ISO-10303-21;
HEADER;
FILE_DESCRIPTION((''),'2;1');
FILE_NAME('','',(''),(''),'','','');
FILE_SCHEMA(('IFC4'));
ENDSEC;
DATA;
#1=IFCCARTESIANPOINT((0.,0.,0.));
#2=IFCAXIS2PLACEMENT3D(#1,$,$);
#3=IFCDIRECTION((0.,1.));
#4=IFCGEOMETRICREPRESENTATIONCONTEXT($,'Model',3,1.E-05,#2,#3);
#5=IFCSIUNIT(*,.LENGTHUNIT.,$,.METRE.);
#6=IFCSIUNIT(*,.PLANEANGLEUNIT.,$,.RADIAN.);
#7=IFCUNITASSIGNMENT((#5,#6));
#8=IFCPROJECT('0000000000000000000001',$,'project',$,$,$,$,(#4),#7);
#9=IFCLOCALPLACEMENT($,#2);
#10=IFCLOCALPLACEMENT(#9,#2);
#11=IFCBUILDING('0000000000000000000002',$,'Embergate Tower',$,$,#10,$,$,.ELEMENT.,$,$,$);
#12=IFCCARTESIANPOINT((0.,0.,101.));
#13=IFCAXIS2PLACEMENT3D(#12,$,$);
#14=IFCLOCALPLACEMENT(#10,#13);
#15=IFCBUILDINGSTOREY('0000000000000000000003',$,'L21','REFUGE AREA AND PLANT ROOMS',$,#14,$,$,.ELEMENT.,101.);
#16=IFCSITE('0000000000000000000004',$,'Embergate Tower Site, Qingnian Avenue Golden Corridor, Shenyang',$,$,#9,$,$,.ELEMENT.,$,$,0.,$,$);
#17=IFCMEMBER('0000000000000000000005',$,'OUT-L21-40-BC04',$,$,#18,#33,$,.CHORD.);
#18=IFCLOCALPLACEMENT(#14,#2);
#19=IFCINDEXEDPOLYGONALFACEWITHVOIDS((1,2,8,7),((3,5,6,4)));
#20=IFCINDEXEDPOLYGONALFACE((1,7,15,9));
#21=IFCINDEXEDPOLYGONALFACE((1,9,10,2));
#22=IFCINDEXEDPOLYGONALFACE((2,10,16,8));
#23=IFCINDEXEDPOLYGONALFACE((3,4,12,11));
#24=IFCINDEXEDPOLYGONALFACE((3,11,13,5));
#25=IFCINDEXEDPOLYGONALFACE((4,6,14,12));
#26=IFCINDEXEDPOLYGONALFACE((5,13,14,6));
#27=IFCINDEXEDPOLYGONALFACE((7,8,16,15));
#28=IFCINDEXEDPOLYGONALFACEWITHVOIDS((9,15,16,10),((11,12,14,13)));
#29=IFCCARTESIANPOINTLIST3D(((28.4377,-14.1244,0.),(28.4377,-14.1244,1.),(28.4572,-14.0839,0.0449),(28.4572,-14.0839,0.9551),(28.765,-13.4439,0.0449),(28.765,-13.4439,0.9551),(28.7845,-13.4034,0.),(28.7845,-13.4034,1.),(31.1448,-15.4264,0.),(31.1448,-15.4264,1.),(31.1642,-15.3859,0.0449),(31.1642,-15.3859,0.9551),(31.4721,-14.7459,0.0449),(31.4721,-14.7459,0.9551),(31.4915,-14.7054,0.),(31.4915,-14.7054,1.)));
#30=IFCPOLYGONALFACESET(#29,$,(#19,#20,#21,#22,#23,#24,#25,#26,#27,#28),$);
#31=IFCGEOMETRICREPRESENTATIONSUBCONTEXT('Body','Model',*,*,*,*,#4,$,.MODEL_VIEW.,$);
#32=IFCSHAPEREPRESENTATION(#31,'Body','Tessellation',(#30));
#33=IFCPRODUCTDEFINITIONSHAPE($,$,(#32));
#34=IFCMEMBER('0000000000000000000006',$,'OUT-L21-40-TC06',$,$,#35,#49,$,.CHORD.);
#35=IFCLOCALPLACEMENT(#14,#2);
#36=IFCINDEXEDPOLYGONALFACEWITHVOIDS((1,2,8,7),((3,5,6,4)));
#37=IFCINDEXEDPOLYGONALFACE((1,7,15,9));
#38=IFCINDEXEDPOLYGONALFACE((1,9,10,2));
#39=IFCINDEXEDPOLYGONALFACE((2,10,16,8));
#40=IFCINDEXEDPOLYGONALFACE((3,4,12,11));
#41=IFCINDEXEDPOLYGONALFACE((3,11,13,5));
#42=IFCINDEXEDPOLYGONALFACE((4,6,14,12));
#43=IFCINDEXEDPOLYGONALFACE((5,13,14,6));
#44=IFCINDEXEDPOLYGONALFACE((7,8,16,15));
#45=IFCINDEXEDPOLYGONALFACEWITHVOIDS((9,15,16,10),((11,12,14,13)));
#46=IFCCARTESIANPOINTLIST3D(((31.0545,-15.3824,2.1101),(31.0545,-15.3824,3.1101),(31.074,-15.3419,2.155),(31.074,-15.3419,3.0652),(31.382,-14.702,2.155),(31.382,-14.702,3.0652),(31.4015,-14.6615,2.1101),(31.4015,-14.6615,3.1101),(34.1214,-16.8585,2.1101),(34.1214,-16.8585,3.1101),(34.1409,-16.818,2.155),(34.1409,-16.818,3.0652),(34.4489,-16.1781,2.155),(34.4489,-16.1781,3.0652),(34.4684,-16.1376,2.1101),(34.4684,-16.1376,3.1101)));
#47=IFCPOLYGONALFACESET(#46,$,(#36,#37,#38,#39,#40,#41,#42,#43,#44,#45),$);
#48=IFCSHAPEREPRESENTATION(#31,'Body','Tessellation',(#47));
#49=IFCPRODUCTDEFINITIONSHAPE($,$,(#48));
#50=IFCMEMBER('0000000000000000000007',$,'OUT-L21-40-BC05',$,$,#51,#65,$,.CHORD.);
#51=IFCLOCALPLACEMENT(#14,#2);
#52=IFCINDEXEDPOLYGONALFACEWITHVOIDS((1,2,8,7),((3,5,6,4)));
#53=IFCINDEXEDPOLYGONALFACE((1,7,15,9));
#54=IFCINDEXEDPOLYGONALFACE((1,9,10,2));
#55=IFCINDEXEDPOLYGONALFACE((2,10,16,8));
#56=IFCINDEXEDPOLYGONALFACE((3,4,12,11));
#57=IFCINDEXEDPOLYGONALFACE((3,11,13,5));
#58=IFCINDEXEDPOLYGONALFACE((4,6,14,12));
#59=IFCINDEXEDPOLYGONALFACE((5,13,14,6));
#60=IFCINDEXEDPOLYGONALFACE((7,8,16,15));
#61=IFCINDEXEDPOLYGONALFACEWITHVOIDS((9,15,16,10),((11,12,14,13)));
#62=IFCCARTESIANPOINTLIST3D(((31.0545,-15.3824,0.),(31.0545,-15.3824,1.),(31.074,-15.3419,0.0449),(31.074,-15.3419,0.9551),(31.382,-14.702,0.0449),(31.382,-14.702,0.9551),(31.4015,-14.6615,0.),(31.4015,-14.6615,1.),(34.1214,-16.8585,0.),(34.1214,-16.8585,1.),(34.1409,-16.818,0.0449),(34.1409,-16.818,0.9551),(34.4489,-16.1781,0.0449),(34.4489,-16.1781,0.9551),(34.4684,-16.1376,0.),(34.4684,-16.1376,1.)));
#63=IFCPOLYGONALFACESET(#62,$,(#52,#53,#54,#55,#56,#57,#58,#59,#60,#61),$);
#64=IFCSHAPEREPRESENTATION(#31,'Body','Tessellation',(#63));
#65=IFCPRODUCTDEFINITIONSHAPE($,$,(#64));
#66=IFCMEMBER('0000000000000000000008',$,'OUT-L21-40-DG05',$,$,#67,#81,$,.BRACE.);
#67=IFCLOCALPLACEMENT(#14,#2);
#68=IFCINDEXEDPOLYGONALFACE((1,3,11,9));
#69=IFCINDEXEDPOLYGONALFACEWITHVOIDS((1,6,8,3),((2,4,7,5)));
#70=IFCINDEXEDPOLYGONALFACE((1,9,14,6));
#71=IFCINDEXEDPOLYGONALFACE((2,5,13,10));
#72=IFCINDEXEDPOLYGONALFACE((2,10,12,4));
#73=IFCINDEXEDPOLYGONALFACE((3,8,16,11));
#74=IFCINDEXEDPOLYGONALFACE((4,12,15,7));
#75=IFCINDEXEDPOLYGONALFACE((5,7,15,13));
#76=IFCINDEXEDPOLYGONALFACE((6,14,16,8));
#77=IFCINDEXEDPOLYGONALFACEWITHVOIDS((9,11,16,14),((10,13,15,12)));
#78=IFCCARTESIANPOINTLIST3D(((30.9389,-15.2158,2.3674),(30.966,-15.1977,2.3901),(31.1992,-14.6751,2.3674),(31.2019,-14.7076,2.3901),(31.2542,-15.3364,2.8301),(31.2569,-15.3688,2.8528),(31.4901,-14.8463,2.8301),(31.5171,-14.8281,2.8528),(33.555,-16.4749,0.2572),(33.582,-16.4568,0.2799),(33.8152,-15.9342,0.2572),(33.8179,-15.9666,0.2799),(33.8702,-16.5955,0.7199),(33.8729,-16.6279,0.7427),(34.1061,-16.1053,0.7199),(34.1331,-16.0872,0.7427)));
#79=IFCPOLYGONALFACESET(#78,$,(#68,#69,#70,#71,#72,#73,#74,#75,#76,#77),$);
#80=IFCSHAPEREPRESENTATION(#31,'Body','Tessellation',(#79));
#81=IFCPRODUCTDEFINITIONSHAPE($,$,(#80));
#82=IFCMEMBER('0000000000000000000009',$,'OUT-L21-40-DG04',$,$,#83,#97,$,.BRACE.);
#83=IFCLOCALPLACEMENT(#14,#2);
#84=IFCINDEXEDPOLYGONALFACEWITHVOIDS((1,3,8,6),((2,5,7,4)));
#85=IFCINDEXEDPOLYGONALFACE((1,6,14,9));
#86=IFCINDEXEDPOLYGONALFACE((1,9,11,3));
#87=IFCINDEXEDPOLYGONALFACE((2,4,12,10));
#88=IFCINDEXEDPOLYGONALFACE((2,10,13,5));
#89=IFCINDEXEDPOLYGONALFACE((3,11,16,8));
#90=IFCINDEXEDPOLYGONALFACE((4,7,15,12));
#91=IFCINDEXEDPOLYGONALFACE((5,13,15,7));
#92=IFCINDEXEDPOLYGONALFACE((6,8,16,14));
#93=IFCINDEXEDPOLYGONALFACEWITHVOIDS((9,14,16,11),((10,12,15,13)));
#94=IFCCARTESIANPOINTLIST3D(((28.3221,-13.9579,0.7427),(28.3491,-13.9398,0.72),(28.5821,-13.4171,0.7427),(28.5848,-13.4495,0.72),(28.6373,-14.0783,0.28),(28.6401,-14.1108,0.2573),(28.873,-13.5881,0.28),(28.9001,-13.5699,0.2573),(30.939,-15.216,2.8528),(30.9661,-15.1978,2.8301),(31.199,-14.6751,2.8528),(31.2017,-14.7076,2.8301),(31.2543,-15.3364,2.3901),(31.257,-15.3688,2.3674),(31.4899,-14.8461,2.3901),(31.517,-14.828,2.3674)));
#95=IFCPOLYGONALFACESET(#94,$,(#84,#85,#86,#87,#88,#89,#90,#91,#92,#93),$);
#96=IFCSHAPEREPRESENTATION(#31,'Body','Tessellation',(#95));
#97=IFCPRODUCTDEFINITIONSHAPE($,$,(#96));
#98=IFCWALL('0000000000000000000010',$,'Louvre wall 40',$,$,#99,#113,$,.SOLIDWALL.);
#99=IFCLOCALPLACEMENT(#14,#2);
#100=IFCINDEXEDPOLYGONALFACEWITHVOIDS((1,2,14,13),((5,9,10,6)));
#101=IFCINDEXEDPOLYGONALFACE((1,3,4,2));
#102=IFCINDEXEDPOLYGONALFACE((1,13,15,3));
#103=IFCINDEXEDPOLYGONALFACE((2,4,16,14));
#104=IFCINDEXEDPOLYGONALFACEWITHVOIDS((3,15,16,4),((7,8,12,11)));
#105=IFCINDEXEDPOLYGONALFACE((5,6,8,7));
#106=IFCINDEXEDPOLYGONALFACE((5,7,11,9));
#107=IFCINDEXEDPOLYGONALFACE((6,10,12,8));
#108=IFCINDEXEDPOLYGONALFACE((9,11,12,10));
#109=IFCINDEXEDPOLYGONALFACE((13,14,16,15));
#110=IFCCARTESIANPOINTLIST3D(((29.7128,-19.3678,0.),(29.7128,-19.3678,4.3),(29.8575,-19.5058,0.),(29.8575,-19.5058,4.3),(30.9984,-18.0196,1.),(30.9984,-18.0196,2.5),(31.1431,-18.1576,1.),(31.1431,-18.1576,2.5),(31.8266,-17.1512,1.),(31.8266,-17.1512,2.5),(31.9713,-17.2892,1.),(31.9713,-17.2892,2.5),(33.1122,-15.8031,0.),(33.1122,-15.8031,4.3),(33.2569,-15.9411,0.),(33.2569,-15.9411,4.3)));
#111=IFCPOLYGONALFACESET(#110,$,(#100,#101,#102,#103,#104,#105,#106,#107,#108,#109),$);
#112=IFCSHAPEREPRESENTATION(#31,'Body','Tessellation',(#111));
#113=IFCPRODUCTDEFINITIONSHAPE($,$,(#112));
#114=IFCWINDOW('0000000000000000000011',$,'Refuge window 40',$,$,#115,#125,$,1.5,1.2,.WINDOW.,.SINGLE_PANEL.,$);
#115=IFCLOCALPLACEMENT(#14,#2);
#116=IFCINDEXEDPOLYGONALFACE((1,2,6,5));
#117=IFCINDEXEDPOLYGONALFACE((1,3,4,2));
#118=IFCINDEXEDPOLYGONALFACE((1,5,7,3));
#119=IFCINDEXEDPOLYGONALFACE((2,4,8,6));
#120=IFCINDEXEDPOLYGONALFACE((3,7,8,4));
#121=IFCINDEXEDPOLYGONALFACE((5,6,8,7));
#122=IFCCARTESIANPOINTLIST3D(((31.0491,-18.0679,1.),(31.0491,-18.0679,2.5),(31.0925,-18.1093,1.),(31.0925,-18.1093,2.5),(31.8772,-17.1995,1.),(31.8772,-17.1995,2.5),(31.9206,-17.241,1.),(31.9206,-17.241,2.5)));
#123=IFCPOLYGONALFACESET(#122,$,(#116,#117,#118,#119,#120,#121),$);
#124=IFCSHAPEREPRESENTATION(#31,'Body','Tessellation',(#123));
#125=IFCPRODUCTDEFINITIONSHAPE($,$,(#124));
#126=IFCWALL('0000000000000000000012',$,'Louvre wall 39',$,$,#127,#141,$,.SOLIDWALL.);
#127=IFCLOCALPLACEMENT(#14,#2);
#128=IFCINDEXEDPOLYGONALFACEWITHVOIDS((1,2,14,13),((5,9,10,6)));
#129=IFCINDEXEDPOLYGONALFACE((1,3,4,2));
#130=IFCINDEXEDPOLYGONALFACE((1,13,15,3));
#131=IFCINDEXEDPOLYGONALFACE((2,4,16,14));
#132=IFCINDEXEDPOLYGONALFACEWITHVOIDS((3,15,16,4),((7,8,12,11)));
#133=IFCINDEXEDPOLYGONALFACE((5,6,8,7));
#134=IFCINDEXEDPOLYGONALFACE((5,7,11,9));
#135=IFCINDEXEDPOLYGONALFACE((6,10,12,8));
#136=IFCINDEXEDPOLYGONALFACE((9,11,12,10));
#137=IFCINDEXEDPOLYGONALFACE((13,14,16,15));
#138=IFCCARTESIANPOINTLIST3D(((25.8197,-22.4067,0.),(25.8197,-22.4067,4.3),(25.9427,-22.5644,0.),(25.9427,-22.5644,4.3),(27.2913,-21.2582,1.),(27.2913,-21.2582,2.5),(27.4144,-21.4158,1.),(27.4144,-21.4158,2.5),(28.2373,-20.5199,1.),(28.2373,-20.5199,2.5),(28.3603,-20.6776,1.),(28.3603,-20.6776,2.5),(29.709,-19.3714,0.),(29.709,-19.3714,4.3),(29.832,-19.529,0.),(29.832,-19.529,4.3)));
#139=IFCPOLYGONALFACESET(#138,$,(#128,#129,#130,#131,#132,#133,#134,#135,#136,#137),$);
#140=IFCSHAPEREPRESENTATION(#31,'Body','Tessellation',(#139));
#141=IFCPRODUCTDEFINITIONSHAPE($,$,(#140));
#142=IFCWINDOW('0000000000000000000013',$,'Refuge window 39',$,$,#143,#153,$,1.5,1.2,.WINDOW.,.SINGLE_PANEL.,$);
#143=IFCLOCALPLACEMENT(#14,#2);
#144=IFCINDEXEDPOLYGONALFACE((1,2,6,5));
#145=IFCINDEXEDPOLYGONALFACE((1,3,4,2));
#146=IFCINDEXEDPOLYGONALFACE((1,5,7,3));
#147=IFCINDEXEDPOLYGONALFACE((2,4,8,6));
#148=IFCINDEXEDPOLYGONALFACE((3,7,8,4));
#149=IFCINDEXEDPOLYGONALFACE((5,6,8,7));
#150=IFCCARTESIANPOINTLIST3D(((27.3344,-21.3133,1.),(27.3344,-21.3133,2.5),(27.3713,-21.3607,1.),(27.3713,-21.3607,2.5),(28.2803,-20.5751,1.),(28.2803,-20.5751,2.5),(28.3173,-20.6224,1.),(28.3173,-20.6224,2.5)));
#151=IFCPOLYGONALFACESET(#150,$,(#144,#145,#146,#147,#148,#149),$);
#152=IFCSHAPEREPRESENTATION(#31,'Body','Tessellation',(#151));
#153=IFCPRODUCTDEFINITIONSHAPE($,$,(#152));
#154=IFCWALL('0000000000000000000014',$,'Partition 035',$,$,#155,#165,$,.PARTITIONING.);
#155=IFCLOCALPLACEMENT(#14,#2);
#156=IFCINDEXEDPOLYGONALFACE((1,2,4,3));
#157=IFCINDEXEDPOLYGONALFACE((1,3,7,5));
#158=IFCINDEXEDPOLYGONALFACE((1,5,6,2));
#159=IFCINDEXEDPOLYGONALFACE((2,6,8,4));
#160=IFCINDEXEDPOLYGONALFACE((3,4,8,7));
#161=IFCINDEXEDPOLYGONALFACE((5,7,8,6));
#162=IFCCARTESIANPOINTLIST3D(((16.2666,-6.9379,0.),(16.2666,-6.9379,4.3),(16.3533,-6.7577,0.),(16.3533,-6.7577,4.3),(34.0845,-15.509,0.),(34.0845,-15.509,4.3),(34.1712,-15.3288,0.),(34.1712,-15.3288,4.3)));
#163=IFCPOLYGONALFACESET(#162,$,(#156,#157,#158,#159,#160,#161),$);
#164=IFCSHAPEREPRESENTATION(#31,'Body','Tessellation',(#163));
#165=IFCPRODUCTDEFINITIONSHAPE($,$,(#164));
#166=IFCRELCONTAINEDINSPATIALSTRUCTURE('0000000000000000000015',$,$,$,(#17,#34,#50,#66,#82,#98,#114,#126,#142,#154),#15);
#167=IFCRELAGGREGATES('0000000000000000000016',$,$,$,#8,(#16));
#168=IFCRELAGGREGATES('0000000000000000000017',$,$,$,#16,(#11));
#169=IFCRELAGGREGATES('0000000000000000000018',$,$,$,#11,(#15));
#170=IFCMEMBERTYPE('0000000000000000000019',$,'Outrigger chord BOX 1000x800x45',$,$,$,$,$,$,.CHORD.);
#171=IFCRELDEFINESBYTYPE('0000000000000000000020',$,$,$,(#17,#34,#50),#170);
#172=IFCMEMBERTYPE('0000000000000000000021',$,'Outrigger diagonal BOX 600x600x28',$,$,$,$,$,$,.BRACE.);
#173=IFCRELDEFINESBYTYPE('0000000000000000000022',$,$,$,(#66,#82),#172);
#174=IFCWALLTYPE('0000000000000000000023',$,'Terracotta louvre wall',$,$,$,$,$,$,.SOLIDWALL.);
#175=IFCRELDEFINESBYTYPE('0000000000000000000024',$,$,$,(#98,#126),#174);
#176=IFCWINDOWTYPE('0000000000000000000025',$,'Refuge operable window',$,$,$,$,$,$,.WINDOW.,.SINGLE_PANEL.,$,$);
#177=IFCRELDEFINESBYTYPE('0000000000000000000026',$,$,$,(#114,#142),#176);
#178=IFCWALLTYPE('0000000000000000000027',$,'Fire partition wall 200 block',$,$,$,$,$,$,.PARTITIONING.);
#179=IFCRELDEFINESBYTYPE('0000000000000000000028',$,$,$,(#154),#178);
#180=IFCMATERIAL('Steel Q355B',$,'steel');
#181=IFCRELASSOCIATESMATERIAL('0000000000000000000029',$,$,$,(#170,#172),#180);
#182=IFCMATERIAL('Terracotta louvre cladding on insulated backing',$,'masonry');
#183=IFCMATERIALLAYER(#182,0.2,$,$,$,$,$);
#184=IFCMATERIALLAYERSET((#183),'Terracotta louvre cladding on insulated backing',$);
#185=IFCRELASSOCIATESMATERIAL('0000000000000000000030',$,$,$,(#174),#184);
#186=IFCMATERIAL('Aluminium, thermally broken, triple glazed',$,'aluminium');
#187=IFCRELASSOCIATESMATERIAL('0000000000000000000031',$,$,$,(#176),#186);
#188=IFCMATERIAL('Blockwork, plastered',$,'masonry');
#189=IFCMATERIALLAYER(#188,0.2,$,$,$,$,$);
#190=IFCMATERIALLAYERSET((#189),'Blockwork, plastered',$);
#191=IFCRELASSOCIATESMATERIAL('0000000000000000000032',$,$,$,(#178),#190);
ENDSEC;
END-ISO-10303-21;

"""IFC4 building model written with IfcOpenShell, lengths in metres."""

from ifc_helpers import new_model, si_unit, direction, frame, frame_2d, origin, origin_2d, place, context, subcontext, project, spatial, rectangle, hollow_rectangle, extrude, source, transform, mapped, material, layer, layer_set, material_profile, profile_set, type_object, element, fill, save


model = new_model("IFC4")

# Units and contexts
model_context = context("Model", 3, precision=1e-05, world=origin(), true_north=direction((0.0, 1.0)))
body_context = subcontext(model_context, "Body", "Model", "MODEL_VIEW")
ifc_project = project(units=[si_unit("LENGTHUNIT", "METRE"), si_unit("PLANEANGLEUNIT", "RADIAN")], contexts=[model_context])

# Site, building, storey
site_placement = place(None, origin())
site = spatial("IfcSite", under=ifc_project, at=site_placement, Name="Embergate Tower Site, Qingnian Avenue Golden Corridor, Shenyang", CompositionType="ELEMENT", RefElevation=0.0)
building_placement = place(site_placement, origin())
building = spatial("IfcBuilding", under=site, at=building_placement, Name="Embergate Tower", CompositionType="ELEMENT")
storey_placement = place(building_placement, frame((0.0, 0.0, 101.0)))
storey = spatial("IfcBuildingStorey", under=building, at=storey_placement, Name="L21", Description="REFUGE AREA AND PLANT ROOMS", CompositionType="ELEMENT", Elevation=101.0)

# Shared definitions
ifc_material_1 = material(Name="Steel Q355B", Category="steel")

# Members
ifc_material_profile_1 = material_profile(ifc_material_1, hollow_rectangle(XDim=0.8, YDim=1.0, WallThickness=0.0449, at=origin_2d()), Name="BOX 1000x800x45")
ifc_profile_set_1 = profile_set([ifc_material_profile_1], Name="Steel Q355 grade B")
member_type_1 = type_object("IfcMemberType", Name="Outrigger chord BOX 1000x800x45", PredefinedType="CHORD", material=ifc_profile_set_1)
shared_shape_1 = source(origin(), body_context, "Body", "SweptSolid", [
    extrude(hollow_rectangle(XDim=0.8, YDim=1.0, WallThickness=0.0449, at=origin_2d()), origin(), (0.0, 0.0, 1.0), 3.0039),
])
member_1_placement = place(storey_placement, frame((28.6111, -13.7639, 0.5), z_axis=(0.901182, -0.433442, 0.0), x_axis=(0.433442, 0.901182, 0.0)))
element("IfcMember", 1, at=member_1_placement, inside=storey, type_object=member_type_1, Name="OUT-L21-40-BC04", PredefinedType="CHORD", context=body_context, shape_type="MappedRepresentation", body=[
    mapped(shared_shape_1, transform((0.0, 0.0, 0.0))),
])
shared_shape_2 = source(origin(), body_context, "Body", "SweptSolid", [
    extrude(hollow_rectangle(XDim=0.8, YDim=1.0, WallThickness=0.0449, at=origin_2d()), origin(), (0.0, 0.0, 1.0), 3.4036),
])
for number, where, z_axis, x_axis, name in (
    (2, (31.228, -15.022, 2.6101), (0.901068, -0.433678, 0.0), (0.433678, 0.901068, 0.0), "OUT-L21-40-TC06"),
    (3, (31.228, -15.022, 0.5), (0.901068, -0.433678, 0.0), (0.433678, 0.901068, 0.0), "OUT-L21-40-BC05"),
):
    element("IfcMember", number, at=place(storey_placement, frame(where, z_axis=z_axis, x_axis=x_axis)), inside=storey, type_object=member_type_1, Name=name, PredefinedType="CHORD", context=body_context, shape_type="MappedRepresentation", body=[
        mapped(shared_shape_2, transform((0.0, 0.0, 0.0))),
    ])
ifc_material_profile_2 = material_profile(ifc_material_1, hollow_rectangle(XDim=0.6001, YDim=0.6001, WallThickness=0.0281, at=origin_2d()), Name="BOX 600x600x28")
ifc_profile_set_2 = profile_set([ifc_material_profile_2], Name="Steel Q355 grade B")
member_type_2 = type_object("IfcMemberType", Name="Outrigger diagonal BOX 600x600x28", PredefinedType="BRACE", material=ifc_profile_set_2)
shared_shape_3 = source(origin(), body_context, "Body", "SweptSolid", [
    extrude(hollow_rectangle(XDim=0.6001, YDim=0.6001, WallThickness=0.0281, at=origin_2d()), origin(), (0.0, 0.0, 1.0), 3.5891),
])
member_2_placement = place(storey_placement, frame((31.228, -15.022, 2.6101), z_axis=(0.728882, -0.350802, -0.587936), x_axis=(0.433674, 0.90107, 0.0)))
element("IfcMember", 4, at=member_2_placement, inside=storey, type_object=member_type_2, Name="OUT-L21-40-DG05", PredefinedType="BRACE", context=body_context, shape_type="MappedRepresentation", body=[
    mapped(shared_shape_3, transform((0.0, 0.0, 0.0))),
])
shared_shape_4 = source(origin(), body_context, "Body", "SweptSolid", [
    extrude(hollow_rectangle(XDim=0.6001, YDim=0.6001, WallThickness=0.0281, at=origin_2d()), origin(), (0.0, 0.0, 1.0), 3.5894),
])
member_3_placement = place(storey_placement, frame((28.6111, -13.7639, 0.5), z_axis=(0.729079, -0.350494, 0.587875), x_axis=(0.433269, 0.901264, 0.0)))
element("IfcMember", 5, at=member_3_placement, inside=storey, type_object=member_type_2, Name="OUT-L21-40-DG04", PredefinedType="BRACE", context=body_context, shape_type="MappedRepresentation", body=[
    mapped(shared_shape_4, transform((0.0, 0.0, 0.0))),
])

# Walls, openings, windows
ifc_material_2 = material(Name="Terracotta louvre cladding on insulated backing", Category="masonry")
ifc_layer_1 = layer(ifc_material_2, 0.2)
ifc_layer_set_1 = layer_set([ifc_layer_1], Name="Terracotta louvre cladding on insulated backing")
wall_type_1 = type_object("IfcWallType", Name="Terracotta louvre wall", PredefinedType="SOLIDWALL", material=ifc_layer_set_1)
shared_shape_5 = source(origin(), body_context, "Body", "SweptSolid", [
    extrude(rectangle(XDim=4.9258, YDim=0.2, at=frame_2d((2.4629, 0.0))), origin(), (0.0, 0.0, 1.0), 4.3),
])
wall_1_placement = place(storey_placement, frame((33.1846, -15.8721, 0.0), z_axis=(0.0, 0.0, 1.0), x_axis=(-0.69013, -0.723685, 0.0)))
wall_1 = element("IfcWall", 6, at=wall_1_placement, inside=storey, type_object=wall_type_1, Name="Louvre wall 40", PredefinedType="SOLIDWALL", context=body_context, shape_type="MappedRepresentation", body=[
    mapped(shared_shape_5, transform((0.0, 0.0, 0.0))),
])
shared_shape_6 = source(origin(), body_context, "Body", "SweptSolid", [
    extrude(rectangle(XDim=1.2, YDim=1.5, at=frame_2d((0.6001, 0.75))), frame((0.0, 0.1099, 0.0), z_axis=(0.0, -1.0, 0.0), x_axis=(1.0, 0.0, 0.0)), (0.0, 0.0, 1.0), 0.22),
])
opening_1_placement = place(wall_1_placement, frame((1.8628, 0.0, 1.0)))
opening_1 = element("IfcOpeningElement", 7, at=opening_1_placement, cuts=wall_1, PredefinedType="OPENING", context=body_context, shape_type="MappedRepresentation", body=[
    mapped(shared_shape_6, transform((0.0, 0.0, 0.0))),
])
ifc_material_3 = material(Name="Aluminium, thermally broken, triple glazed", Category="aluminium")
window_type = type_object("IfcWindowType", Name="Refuge operable window", PartitioningType="SINGLE_PANEL", PredefinedType="WINDOW", material=ifc_material_3)
shared_shape_7 = source(origin(), body_context, "Body", "SweptSolid", [
    extrude(rectangle(XDim=1.2, YDim=1.5, at=frame_2d((0.6001, 0.75))), frame((0.0, 0.03, 0.0), z_axis=(0.0, -1.0, 0.0), x_axis=(1.0, 0.0, 0.0)), (0.0, 0.0, 1.0), 0.0601),
])
window_1_placement = place(opening_1_placement, origin())
window_1 = element("IfcWindow", 8, at=window_1_placement, inside=storey, type_object=window_type, Name="Refuge window 40", OverallHeight=1.5, OverallWidth=1.2, PartitioningType="SINGLE_PANEL", PredefinedType="WINDOW", context=body_context, shape_type="MappedRepresentation", body=[
    mapped(shared_shape_7, transform((0.0, 0.0, 0.0))),
])
fill(opening_1, window_1)
shared_shape_8 = source(origin(), body_context, "Body", "SweptSolid", [
    extrude(rectangle(XDim=4.9336, YDim=0.2, at=frame_2d((2.4668, 0.0))), origin(), (0.0, 0.0, 1.0), 4.3),
])
wall_2_placement = place(storey_placement, frame((29.7705, -19.4502, 0.0), z_axis=(0.0, 0.0, 1.0), x_axis=(-0.788339, -0.615242, 0.0)))
wall_2 = element("IfcWall", 9, at=wall_2_placement, inside=storey, type_object=wall_type_1, Name="Louvre wall 39", PredefinedType="SOLIDWALL", context=body_context, shape_type="MappedRepresentation", body=[
    mapped(shared_shape_8, transform((0.0, 0.0, 0.0))),
])
opening_2_placement = place(wall_2_placement, frame((1.8667, 0.0, 1.0)))
opening_2 = element("IfcOpeningElement", 10, at=opening_2_placement, cuts=wall_2, PredefinedType="OPENING", context=body_context, shape_type="MappedRepresentation", body=[
    mapped(shared_shape_6, transform((0.0, 0.0, 0.0))),
])
window_2_placement = place(opening_2_placement, origin())
window_2 = element("IfcWindow", 11, at=window_2_placement, inside=storey, type_object=window_type, Name="Refuge window 39", OverallHeight=1.5, OverallWidth=1.2, PartitioningType="SINGLE_PANEL", PredefinedType="WINDOW", context=body_context, shape_type="MappedRepresentation", body=[
    mapped(shared_shape_7, transform((0.0, 0.0, 0.0))),
])
fill(opening_2, window_2)

# Wall
ifc_material_4 = material(Name="Blockwork, plastered", Category="masonry")
ifc_layer_2 = layer(ifc_material_4, 0.2)
ifc_layer_set_2 = layer_set([ifc_layer_2], Name="Blockwork, plastered")
wall_type_2 = type_object("IfcWallType", Name="Fire partition wall 200 block", PredefinedType="PARTITIONING", material=ifc_layer_set_2)
shared_shape_9 = source(origin(), body_context, "Body", "SweptSolid", [
    extrude(rectangle(XDim=19.7722, YDim=0.2, at=frame_2d((9.8862, 0.0))), origin(), (0.0, 0.0, 1.0), 4.3),
])
wall_3_placement = place(storey_placement, frame((34.1279, -15.4189, 0.0), z_axis=(0.0, 0.0, 1.0), x_axis=(-0.901158, 0.43349, 0.0)))
element("IfcWall", 12, at=wall_3_placement, inside=storey, type_object=wall_type_2, Name="Partition 035", PredefinedType="PARTITIONING", context=body_context, shape_type="MappedRepresentation", body=[
    mapped(shared_shape_9, transform((0.0, 0.0, 0.0))),
])

save(model, "model.ifc")
